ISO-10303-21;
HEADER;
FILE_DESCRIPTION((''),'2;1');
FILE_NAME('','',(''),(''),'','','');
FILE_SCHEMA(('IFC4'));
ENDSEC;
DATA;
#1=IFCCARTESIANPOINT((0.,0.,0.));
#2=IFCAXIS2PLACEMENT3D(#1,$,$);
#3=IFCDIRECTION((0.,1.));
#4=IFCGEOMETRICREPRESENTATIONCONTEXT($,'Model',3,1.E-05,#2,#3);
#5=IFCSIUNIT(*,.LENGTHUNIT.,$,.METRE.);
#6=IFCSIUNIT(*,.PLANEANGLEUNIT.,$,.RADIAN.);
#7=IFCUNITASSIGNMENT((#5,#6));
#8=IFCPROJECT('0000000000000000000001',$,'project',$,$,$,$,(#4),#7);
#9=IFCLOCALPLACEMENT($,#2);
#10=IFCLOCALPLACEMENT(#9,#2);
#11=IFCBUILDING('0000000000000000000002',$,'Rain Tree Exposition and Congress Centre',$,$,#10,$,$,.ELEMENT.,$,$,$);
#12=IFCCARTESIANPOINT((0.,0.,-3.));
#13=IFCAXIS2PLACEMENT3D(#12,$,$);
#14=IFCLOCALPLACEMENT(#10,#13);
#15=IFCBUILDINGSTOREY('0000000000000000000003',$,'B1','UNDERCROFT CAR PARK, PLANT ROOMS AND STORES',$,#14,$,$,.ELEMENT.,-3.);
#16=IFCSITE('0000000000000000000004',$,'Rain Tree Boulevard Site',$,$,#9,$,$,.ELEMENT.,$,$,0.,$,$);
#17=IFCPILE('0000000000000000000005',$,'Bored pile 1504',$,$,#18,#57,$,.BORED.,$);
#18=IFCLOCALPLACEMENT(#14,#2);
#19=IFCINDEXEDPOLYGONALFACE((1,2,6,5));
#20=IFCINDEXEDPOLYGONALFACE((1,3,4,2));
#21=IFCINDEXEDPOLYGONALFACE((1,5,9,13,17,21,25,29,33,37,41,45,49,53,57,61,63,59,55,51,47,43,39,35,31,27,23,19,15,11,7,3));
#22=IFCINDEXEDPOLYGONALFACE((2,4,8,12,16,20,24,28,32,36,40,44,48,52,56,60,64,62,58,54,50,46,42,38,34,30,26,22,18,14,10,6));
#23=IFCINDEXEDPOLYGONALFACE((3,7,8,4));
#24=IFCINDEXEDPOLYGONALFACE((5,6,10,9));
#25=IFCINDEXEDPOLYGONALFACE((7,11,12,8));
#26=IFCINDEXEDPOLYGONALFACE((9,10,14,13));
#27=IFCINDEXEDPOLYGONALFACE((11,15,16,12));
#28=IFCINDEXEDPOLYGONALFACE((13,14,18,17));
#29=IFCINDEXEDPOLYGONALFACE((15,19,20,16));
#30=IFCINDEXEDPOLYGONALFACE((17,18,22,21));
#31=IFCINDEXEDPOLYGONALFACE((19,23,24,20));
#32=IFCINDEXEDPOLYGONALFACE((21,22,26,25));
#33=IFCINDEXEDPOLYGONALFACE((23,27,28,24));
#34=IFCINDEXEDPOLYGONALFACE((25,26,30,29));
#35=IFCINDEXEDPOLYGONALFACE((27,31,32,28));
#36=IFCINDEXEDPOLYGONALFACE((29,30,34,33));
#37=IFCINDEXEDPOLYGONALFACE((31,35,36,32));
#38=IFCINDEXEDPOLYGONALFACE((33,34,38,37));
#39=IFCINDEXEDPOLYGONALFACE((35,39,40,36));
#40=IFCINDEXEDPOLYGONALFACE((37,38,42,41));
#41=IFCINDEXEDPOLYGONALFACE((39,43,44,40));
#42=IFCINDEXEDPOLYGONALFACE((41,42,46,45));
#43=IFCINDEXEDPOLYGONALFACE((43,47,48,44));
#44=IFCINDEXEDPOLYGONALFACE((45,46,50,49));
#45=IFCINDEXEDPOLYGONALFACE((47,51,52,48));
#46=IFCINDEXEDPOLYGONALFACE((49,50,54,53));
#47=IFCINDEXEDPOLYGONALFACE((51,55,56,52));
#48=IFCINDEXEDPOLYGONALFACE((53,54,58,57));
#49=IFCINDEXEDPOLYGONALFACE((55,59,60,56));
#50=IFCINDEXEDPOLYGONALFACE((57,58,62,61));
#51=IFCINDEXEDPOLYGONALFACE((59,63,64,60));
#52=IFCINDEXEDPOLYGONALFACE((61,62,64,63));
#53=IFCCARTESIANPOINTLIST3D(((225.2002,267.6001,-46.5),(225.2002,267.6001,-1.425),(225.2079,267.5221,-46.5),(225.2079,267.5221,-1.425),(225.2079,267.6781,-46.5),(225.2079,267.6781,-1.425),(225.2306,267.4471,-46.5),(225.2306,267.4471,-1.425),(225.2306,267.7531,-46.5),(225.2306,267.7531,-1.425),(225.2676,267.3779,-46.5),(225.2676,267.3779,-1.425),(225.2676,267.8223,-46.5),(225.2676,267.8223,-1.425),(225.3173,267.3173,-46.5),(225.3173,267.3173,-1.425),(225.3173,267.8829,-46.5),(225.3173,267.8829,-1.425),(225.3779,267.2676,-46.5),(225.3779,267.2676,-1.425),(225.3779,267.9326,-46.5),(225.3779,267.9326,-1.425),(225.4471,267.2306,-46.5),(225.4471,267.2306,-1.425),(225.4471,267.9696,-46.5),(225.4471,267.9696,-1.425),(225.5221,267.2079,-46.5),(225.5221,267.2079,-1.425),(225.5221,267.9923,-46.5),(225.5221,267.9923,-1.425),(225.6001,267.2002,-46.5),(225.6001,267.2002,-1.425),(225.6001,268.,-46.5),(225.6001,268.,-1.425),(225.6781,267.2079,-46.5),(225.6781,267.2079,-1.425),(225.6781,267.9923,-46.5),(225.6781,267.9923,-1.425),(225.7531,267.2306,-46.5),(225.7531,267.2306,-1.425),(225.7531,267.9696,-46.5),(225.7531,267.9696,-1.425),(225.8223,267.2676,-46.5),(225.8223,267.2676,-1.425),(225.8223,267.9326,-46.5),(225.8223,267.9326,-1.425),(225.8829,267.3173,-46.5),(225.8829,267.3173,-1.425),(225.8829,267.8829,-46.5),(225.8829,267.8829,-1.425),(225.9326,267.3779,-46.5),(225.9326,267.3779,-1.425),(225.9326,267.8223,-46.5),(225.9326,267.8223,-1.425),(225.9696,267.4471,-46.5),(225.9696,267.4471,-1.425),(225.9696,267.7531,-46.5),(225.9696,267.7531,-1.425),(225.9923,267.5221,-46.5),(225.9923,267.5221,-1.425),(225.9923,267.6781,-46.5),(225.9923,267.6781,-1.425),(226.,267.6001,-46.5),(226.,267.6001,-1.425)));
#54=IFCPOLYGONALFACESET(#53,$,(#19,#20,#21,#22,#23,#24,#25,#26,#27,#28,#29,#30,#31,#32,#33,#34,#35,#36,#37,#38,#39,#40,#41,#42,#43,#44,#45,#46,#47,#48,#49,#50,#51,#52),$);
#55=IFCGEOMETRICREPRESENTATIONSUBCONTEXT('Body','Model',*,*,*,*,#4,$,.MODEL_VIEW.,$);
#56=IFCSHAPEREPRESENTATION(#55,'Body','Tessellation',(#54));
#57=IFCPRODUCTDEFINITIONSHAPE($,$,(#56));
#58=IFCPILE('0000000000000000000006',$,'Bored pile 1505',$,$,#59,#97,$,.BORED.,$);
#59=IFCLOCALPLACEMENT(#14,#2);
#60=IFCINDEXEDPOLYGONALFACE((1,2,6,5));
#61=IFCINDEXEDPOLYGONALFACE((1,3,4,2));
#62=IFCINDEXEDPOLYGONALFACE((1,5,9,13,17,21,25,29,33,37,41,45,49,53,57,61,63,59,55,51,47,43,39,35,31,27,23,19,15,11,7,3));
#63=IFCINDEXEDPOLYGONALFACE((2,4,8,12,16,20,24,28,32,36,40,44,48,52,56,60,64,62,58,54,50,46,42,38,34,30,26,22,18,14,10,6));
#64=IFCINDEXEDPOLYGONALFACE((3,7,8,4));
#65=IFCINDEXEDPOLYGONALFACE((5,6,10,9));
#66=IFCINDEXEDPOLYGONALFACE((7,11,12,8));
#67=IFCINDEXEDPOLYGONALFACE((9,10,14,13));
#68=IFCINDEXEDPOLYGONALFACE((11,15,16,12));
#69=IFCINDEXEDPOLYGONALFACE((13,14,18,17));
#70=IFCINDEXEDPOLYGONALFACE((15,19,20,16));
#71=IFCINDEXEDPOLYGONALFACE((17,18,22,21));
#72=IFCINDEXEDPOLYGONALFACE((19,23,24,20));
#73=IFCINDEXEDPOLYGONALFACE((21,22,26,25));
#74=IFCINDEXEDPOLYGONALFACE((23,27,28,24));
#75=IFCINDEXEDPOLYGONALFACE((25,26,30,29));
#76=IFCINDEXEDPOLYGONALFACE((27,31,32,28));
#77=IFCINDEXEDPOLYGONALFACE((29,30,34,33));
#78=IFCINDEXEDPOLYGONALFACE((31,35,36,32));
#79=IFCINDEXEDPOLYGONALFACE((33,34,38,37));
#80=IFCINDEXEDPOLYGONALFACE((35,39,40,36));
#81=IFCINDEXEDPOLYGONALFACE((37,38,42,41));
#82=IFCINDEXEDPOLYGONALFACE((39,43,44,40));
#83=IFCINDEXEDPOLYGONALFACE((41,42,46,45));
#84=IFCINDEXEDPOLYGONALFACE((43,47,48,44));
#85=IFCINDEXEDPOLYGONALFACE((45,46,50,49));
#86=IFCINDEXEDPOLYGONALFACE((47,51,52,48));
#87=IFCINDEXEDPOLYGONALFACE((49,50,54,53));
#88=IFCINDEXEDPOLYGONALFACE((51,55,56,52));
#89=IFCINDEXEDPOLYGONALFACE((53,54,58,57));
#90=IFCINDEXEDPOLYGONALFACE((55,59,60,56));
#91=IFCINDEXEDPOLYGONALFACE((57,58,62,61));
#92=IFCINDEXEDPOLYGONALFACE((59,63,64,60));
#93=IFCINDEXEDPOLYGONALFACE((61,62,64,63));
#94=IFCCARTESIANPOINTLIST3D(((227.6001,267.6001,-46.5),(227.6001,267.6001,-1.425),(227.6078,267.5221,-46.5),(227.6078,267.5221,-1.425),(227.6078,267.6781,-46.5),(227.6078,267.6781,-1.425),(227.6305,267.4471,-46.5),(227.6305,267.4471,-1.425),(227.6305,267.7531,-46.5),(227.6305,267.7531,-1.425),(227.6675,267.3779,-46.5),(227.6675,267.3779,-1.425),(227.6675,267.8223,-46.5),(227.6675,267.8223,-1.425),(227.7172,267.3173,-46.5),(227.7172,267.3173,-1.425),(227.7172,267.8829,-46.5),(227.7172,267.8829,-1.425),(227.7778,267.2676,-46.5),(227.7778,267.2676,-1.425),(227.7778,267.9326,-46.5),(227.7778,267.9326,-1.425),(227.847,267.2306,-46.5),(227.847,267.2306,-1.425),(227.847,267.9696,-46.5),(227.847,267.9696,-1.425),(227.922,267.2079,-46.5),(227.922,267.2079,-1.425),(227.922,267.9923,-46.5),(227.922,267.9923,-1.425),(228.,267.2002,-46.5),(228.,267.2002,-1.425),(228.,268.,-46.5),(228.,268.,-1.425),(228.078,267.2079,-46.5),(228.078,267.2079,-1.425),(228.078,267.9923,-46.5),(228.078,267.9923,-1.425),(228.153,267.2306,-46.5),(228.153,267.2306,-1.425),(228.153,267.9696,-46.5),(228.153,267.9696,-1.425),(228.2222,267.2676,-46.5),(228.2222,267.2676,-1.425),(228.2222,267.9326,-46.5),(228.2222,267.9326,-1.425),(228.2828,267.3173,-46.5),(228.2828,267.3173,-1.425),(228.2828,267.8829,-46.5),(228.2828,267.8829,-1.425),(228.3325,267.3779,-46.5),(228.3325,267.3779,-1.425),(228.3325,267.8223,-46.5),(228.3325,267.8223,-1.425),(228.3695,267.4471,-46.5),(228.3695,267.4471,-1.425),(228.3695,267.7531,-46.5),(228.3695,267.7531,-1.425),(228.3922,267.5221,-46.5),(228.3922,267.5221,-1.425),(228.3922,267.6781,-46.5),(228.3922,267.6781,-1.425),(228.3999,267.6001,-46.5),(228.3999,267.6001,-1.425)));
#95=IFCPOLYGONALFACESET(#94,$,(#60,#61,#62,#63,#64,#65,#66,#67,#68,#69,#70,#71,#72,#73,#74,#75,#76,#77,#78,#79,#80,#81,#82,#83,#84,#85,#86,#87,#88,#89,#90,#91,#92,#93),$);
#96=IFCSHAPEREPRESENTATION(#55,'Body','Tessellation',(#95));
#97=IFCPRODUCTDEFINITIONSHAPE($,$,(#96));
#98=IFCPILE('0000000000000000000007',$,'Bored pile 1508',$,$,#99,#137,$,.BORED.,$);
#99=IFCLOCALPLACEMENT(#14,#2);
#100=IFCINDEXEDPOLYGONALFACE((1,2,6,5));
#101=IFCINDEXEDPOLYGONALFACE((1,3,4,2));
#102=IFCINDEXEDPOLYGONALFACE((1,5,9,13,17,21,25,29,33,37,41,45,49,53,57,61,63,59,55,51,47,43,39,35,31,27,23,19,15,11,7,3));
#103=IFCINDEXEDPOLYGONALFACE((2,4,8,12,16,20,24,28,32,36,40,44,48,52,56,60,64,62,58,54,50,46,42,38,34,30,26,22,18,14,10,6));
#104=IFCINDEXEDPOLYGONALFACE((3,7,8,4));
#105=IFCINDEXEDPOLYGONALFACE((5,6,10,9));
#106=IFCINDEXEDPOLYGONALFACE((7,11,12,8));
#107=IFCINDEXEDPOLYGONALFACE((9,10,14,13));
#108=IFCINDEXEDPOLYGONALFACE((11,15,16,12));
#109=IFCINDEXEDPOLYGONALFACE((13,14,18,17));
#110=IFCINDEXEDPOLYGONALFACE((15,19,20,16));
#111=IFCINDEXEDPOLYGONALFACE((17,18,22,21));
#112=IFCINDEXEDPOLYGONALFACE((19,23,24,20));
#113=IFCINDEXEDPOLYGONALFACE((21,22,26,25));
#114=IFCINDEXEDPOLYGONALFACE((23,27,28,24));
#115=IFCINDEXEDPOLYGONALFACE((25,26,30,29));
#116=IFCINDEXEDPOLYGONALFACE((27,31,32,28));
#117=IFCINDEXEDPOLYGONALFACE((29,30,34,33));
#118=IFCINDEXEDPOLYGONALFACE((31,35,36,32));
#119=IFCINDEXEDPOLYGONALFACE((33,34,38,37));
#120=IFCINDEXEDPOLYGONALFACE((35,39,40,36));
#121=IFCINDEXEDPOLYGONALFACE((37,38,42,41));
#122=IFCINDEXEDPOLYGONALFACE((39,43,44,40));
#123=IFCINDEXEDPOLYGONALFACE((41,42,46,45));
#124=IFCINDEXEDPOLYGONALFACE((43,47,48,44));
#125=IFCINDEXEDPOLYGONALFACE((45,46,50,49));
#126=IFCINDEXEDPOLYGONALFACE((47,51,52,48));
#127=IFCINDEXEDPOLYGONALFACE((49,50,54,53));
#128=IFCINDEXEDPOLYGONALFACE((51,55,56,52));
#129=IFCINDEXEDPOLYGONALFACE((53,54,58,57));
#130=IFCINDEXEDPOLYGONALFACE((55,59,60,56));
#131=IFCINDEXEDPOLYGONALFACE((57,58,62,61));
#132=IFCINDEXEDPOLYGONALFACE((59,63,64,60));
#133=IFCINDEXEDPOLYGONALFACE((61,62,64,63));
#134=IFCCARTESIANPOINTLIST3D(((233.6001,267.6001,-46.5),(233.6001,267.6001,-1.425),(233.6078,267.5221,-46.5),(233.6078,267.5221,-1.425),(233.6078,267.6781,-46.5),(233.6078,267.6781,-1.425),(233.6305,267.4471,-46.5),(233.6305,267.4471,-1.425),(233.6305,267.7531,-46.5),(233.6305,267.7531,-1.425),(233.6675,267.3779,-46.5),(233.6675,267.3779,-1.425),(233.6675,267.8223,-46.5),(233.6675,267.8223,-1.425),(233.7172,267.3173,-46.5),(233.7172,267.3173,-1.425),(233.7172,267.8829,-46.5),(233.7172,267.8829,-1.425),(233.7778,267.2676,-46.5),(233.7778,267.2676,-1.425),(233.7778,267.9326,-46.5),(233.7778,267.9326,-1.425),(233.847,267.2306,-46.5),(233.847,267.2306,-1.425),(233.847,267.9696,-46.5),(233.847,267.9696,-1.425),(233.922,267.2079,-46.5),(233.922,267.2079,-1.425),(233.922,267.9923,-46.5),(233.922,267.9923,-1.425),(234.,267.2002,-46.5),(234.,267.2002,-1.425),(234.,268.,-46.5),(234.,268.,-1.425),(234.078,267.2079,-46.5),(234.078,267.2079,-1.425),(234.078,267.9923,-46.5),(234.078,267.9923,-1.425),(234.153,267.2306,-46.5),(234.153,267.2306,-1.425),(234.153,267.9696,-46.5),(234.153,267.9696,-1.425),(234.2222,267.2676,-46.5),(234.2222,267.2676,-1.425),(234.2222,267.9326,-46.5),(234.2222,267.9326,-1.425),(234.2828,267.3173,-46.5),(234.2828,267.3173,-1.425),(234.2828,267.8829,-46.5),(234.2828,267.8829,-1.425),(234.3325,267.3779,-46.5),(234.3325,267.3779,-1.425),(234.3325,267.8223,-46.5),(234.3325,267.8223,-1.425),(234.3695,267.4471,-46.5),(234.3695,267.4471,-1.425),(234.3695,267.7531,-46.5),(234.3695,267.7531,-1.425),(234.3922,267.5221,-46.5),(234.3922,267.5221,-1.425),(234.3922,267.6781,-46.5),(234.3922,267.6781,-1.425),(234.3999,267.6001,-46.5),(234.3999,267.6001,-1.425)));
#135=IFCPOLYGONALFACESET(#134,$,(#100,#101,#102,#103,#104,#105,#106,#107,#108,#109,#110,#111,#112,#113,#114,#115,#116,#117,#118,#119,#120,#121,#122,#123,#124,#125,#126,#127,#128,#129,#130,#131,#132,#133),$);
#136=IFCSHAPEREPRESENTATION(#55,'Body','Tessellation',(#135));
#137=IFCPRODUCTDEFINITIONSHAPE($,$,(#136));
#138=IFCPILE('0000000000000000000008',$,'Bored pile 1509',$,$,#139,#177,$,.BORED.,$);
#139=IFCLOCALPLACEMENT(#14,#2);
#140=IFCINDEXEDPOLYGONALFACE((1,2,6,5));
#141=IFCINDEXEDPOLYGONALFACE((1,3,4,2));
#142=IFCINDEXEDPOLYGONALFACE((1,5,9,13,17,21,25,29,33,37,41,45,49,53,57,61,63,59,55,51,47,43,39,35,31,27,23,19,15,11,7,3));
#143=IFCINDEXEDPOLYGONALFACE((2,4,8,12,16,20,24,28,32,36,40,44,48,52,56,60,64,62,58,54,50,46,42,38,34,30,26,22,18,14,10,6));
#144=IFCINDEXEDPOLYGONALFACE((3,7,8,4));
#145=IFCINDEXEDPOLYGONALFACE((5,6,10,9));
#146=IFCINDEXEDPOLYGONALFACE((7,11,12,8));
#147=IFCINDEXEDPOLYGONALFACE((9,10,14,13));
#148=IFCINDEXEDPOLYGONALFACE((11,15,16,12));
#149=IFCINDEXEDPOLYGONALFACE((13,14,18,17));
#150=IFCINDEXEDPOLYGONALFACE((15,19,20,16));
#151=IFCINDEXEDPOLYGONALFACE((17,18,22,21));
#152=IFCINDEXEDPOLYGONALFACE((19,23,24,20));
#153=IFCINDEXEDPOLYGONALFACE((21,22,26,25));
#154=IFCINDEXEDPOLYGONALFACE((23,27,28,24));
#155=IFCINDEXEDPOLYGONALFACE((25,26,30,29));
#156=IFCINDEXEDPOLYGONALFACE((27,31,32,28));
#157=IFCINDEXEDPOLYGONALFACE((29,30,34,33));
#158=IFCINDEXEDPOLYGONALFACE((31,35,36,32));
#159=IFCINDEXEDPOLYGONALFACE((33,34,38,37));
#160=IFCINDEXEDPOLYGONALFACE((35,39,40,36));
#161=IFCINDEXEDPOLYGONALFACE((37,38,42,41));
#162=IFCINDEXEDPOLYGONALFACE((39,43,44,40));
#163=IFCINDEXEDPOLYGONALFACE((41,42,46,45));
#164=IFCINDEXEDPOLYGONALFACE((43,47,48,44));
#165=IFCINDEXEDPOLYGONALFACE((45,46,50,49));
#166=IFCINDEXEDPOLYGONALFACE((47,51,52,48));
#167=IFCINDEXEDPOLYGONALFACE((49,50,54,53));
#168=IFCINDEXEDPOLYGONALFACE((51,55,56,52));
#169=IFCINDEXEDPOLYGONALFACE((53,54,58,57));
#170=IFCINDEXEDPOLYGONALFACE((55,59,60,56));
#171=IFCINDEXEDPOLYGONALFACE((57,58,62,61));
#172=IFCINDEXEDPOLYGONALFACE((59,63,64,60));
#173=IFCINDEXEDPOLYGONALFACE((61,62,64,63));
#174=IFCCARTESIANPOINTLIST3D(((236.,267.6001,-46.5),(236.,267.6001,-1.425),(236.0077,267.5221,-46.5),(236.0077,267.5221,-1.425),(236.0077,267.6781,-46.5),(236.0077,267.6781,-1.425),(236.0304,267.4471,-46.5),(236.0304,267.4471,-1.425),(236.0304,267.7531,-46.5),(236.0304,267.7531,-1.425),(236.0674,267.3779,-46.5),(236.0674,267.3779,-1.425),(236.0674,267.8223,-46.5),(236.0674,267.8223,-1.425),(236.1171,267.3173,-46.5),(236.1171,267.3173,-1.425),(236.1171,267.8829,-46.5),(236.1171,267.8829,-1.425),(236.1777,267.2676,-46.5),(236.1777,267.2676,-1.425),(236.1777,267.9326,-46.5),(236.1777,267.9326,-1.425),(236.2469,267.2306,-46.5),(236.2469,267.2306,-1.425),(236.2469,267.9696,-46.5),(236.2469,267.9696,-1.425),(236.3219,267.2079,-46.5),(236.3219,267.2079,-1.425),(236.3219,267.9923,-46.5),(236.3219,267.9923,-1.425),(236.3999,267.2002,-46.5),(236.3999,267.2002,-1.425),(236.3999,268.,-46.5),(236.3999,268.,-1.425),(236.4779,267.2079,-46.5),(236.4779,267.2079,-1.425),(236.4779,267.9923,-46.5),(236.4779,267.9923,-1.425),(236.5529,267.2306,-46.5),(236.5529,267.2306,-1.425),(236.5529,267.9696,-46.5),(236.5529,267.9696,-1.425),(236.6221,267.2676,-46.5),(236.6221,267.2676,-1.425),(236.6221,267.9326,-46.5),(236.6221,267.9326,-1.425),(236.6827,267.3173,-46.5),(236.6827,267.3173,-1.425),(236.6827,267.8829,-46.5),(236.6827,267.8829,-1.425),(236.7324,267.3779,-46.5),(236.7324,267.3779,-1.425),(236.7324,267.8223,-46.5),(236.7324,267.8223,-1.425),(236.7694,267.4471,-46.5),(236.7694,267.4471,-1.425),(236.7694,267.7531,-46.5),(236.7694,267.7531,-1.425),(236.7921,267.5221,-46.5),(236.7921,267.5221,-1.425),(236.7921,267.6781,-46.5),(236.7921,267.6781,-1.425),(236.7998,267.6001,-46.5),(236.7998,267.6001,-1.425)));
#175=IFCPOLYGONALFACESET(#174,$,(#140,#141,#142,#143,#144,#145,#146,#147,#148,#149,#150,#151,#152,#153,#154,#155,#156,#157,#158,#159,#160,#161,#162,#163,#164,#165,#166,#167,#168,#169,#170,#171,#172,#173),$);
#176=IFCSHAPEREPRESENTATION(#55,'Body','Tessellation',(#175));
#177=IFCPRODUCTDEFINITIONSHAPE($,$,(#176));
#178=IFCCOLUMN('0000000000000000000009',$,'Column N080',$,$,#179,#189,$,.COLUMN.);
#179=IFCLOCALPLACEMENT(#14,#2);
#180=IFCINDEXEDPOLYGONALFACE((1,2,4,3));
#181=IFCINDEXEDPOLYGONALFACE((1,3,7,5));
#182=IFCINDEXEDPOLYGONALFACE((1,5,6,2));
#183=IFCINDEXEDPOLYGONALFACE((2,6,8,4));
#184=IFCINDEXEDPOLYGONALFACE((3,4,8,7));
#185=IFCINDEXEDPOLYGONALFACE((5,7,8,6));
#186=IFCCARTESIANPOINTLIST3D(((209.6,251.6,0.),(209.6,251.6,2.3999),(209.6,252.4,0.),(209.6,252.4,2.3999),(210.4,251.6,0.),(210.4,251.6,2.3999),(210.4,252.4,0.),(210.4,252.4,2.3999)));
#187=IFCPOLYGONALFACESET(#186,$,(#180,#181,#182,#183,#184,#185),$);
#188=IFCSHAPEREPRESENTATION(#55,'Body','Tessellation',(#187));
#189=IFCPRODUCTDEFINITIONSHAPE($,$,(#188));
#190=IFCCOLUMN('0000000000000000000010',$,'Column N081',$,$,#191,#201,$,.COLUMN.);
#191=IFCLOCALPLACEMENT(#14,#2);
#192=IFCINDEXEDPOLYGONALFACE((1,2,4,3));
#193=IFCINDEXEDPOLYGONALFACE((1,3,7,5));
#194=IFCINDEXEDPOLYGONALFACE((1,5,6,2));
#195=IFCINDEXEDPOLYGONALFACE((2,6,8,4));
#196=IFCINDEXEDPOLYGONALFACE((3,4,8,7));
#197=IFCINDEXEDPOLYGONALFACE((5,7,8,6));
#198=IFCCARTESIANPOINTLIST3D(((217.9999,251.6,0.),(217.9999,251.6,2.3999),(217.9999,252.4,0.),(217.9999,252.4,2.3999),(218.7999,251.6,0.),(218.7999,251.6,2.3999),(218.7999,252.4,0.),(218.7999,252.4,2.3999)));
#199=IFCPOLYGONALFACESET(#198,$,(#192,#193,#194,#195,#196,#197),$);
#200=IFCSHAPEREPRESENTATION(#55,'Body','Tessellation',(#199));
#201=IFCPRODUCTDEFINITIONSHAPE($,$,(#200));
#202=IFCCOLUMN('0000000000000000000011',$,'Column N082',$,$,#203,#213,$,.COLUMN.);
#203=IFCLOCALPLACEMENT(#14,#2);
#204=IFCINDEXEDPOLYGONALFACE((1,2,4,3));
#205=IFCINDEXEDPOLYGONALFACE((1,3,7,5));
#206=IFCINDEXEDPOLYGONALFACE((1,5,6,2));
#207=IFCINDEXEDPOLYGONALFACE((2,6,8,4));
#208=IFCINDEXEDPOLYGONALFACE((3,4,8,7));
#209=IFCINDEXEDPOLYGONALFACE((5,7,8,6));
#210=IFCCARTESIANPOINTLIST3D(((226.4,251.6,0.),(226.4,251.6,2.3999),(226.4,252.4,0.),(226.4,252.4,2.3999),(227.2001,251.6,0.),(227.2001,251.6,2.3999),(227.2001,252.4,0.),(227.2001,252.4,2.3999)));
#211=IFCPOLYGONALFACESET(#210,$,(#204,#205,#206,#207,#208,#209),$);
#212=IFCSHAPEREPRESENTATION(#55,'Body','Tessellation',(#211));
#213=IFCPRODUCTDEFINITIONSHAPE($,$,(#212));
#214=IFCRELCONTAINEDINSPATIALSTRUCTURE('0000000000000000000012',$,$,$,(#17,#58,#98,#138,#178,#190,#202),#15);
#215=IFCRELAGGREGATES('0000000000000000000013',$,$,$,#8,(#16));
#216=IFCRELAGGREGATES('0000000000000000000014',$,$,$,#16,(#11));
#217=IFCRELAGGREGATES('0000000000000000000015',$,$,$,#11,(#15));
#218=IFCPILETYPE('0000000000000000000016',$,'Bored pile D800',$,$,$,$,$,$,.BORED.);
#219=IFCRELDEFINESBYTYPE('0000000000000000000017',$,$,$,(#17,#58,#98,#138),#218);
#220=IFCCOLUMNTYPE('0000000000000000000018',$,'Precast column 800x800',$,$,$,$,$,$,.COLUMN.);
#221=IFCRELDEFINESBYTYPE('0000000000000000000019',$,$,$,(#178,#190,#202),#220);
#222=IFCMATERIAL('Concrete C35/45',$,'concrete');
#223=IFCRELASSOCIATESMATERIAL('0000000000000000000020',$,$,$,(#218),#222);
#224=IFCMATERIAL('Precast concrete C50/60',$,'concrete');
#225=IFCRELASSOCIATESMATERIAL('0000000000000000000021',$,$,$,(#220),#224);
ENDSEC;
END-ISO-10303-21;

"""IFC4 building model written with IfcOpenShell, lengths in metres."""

from ifc_helpers import new_model, si_unit, direction, frame, origin, origin_2d, place, context, subcontext, project, spatial, rectangle, circle, extrude, material, material_profile, profile_set, type_object, element, save


model = new_model("IFC4")

# Units and contexts
model_context = context("Model", 3, precision=1e-05, world=origin(), true_north=direction((0.0, 1.0)))
body_context = subcontext(model_context, "Body", "Model", "MODEL_VIEW")
ifc_project = project(units=[si_unit("LENGTHUNIT", "METRE"), si_unit("PLANEANGLEUNIT", "RADIAN")], contexts=[model_context])

# Site, building, storey
site_placement = place(None, origin())
site = spatial("IfcSite", under=ifc_project, at=site_placement, Name="Rain Tree Boulevard Site", CompositionType="ELEMENT", RefElevation=0.0)
building_placement = place(site_placement, origin())
building = spatial("IfcBuilding", under=site, at=building_placement, Name="Rain Tree Exposition and Congress Centre", CompositionType="ELEMENT")
storey_placement = place(building_placement, frame((0.0, 0.0, -3.0)))
storey = spatial("IfcBuildingStorey", under=building, at=storey_placement, Name="B1", Description="UNDERCROFT CAR PARK, PLANT ROOMS AND STORES", CompositionType="ELEMENT", Elevation=-3.0)

# Piles
ifc_material_1 = material(Name="Concrete C35/45", Category="concrete")
ifc_material_profile_1 = material_profile(ifc_material_1, circle(Radius=0.3999, at=origin_2d()), Name="D800")
ifc_profile_set_1 = profile_set([ifc_material_profile_1], Name="Concrete C35/45")
pile_type = type_object("IfcPileType", Name="Bored pile D800", PredefinedType="BORED", material=ifc_profile_set_1)
for number, where, z_axis, x_axis, name in (
    (1, (225.6001, 267.6001, -1.425), (0.0, 0.0, -1.0), (1.0, 0.0, 0.0), "Bored pile 1504"),
    (2, (228.0, 267.6001, -1.425), (0.0, 0.0, -1.0), (1.0, 0.0, 0.0), "Bored pile 1505"),
    (3, (234.0, 267.6001, -1.425), (0.0, 0.0, -1.0), (1.0, 0.0, 0.0), "Bored pile 1508"),
    (4, (236.3999, 267.6001, -1.425), (0.0, 0.0, -1.0), (1.0, 0.0, 0.0), "Bored pile 1509"),
):
    element("IfcPile", number, at=place(storey_placement, frame(where, z_axis=z_axis, x_axis=x_axis)), inside=storey, type_object=pile_type, Name=name, PredefinedType="BORED", context=body_context, shape_type="SweptSolid", body=[
        extrude(circle(Radius=0.3999, at=origin_2d()), origin(), (0.0, 0.0, 1.0), 45.075),
    ])

# Columns
ifc_material_2 = material(Name="Precast concrete C50/60", Category="concrete")
ifc_material_profile_2 = material_profile(ifc_material_2, rectangle(XDim=0.8, YDim=0.8, at=origin_2d()), Name="RC 800x800")
ifc_profile_set_2 = profile_set([ifc_material_profile_2], Name="Precast concrete C50/60")
column_type = type_object("IfcColumnType", Name="Precast column 800x800", PredefinedType="COLUMN", material=ifc_profile_set_2)
for number, where, z_axis, x_axis, name in (
    (5, (210.0, 252.0, 0.0), (0.0, 0.0, 1.0), (1.0, 0.0, 0.0), "Column N080"),
    (6, (218.3999, 252.0, 0.0), (0.0, 0.0, 1.0), (1.0, 0.0, 0.0), "Column N081"),
    (7, (226.8, 252.0, 0.0), (0.0, 0.0, 1.0), (1.0, 0.0, 0.0), "Column N082"),
):
    element("IfcColumn", number, at=place(storey_placement, frame(where, z_axis=z_axis, x_axis=x_axis)), inside=storey, type_object=column_type, Name=name, PredefinedType="COLUMN", context=body_context, shape_type="SweptSolid", body=[
        extrude(rectangle(XDim=0.8, YDim=0.8, at=origin_2d()), origin(), (0.0, 0.0, 1.0), 2.3999),
    ])

save(model, "model.ifc")
